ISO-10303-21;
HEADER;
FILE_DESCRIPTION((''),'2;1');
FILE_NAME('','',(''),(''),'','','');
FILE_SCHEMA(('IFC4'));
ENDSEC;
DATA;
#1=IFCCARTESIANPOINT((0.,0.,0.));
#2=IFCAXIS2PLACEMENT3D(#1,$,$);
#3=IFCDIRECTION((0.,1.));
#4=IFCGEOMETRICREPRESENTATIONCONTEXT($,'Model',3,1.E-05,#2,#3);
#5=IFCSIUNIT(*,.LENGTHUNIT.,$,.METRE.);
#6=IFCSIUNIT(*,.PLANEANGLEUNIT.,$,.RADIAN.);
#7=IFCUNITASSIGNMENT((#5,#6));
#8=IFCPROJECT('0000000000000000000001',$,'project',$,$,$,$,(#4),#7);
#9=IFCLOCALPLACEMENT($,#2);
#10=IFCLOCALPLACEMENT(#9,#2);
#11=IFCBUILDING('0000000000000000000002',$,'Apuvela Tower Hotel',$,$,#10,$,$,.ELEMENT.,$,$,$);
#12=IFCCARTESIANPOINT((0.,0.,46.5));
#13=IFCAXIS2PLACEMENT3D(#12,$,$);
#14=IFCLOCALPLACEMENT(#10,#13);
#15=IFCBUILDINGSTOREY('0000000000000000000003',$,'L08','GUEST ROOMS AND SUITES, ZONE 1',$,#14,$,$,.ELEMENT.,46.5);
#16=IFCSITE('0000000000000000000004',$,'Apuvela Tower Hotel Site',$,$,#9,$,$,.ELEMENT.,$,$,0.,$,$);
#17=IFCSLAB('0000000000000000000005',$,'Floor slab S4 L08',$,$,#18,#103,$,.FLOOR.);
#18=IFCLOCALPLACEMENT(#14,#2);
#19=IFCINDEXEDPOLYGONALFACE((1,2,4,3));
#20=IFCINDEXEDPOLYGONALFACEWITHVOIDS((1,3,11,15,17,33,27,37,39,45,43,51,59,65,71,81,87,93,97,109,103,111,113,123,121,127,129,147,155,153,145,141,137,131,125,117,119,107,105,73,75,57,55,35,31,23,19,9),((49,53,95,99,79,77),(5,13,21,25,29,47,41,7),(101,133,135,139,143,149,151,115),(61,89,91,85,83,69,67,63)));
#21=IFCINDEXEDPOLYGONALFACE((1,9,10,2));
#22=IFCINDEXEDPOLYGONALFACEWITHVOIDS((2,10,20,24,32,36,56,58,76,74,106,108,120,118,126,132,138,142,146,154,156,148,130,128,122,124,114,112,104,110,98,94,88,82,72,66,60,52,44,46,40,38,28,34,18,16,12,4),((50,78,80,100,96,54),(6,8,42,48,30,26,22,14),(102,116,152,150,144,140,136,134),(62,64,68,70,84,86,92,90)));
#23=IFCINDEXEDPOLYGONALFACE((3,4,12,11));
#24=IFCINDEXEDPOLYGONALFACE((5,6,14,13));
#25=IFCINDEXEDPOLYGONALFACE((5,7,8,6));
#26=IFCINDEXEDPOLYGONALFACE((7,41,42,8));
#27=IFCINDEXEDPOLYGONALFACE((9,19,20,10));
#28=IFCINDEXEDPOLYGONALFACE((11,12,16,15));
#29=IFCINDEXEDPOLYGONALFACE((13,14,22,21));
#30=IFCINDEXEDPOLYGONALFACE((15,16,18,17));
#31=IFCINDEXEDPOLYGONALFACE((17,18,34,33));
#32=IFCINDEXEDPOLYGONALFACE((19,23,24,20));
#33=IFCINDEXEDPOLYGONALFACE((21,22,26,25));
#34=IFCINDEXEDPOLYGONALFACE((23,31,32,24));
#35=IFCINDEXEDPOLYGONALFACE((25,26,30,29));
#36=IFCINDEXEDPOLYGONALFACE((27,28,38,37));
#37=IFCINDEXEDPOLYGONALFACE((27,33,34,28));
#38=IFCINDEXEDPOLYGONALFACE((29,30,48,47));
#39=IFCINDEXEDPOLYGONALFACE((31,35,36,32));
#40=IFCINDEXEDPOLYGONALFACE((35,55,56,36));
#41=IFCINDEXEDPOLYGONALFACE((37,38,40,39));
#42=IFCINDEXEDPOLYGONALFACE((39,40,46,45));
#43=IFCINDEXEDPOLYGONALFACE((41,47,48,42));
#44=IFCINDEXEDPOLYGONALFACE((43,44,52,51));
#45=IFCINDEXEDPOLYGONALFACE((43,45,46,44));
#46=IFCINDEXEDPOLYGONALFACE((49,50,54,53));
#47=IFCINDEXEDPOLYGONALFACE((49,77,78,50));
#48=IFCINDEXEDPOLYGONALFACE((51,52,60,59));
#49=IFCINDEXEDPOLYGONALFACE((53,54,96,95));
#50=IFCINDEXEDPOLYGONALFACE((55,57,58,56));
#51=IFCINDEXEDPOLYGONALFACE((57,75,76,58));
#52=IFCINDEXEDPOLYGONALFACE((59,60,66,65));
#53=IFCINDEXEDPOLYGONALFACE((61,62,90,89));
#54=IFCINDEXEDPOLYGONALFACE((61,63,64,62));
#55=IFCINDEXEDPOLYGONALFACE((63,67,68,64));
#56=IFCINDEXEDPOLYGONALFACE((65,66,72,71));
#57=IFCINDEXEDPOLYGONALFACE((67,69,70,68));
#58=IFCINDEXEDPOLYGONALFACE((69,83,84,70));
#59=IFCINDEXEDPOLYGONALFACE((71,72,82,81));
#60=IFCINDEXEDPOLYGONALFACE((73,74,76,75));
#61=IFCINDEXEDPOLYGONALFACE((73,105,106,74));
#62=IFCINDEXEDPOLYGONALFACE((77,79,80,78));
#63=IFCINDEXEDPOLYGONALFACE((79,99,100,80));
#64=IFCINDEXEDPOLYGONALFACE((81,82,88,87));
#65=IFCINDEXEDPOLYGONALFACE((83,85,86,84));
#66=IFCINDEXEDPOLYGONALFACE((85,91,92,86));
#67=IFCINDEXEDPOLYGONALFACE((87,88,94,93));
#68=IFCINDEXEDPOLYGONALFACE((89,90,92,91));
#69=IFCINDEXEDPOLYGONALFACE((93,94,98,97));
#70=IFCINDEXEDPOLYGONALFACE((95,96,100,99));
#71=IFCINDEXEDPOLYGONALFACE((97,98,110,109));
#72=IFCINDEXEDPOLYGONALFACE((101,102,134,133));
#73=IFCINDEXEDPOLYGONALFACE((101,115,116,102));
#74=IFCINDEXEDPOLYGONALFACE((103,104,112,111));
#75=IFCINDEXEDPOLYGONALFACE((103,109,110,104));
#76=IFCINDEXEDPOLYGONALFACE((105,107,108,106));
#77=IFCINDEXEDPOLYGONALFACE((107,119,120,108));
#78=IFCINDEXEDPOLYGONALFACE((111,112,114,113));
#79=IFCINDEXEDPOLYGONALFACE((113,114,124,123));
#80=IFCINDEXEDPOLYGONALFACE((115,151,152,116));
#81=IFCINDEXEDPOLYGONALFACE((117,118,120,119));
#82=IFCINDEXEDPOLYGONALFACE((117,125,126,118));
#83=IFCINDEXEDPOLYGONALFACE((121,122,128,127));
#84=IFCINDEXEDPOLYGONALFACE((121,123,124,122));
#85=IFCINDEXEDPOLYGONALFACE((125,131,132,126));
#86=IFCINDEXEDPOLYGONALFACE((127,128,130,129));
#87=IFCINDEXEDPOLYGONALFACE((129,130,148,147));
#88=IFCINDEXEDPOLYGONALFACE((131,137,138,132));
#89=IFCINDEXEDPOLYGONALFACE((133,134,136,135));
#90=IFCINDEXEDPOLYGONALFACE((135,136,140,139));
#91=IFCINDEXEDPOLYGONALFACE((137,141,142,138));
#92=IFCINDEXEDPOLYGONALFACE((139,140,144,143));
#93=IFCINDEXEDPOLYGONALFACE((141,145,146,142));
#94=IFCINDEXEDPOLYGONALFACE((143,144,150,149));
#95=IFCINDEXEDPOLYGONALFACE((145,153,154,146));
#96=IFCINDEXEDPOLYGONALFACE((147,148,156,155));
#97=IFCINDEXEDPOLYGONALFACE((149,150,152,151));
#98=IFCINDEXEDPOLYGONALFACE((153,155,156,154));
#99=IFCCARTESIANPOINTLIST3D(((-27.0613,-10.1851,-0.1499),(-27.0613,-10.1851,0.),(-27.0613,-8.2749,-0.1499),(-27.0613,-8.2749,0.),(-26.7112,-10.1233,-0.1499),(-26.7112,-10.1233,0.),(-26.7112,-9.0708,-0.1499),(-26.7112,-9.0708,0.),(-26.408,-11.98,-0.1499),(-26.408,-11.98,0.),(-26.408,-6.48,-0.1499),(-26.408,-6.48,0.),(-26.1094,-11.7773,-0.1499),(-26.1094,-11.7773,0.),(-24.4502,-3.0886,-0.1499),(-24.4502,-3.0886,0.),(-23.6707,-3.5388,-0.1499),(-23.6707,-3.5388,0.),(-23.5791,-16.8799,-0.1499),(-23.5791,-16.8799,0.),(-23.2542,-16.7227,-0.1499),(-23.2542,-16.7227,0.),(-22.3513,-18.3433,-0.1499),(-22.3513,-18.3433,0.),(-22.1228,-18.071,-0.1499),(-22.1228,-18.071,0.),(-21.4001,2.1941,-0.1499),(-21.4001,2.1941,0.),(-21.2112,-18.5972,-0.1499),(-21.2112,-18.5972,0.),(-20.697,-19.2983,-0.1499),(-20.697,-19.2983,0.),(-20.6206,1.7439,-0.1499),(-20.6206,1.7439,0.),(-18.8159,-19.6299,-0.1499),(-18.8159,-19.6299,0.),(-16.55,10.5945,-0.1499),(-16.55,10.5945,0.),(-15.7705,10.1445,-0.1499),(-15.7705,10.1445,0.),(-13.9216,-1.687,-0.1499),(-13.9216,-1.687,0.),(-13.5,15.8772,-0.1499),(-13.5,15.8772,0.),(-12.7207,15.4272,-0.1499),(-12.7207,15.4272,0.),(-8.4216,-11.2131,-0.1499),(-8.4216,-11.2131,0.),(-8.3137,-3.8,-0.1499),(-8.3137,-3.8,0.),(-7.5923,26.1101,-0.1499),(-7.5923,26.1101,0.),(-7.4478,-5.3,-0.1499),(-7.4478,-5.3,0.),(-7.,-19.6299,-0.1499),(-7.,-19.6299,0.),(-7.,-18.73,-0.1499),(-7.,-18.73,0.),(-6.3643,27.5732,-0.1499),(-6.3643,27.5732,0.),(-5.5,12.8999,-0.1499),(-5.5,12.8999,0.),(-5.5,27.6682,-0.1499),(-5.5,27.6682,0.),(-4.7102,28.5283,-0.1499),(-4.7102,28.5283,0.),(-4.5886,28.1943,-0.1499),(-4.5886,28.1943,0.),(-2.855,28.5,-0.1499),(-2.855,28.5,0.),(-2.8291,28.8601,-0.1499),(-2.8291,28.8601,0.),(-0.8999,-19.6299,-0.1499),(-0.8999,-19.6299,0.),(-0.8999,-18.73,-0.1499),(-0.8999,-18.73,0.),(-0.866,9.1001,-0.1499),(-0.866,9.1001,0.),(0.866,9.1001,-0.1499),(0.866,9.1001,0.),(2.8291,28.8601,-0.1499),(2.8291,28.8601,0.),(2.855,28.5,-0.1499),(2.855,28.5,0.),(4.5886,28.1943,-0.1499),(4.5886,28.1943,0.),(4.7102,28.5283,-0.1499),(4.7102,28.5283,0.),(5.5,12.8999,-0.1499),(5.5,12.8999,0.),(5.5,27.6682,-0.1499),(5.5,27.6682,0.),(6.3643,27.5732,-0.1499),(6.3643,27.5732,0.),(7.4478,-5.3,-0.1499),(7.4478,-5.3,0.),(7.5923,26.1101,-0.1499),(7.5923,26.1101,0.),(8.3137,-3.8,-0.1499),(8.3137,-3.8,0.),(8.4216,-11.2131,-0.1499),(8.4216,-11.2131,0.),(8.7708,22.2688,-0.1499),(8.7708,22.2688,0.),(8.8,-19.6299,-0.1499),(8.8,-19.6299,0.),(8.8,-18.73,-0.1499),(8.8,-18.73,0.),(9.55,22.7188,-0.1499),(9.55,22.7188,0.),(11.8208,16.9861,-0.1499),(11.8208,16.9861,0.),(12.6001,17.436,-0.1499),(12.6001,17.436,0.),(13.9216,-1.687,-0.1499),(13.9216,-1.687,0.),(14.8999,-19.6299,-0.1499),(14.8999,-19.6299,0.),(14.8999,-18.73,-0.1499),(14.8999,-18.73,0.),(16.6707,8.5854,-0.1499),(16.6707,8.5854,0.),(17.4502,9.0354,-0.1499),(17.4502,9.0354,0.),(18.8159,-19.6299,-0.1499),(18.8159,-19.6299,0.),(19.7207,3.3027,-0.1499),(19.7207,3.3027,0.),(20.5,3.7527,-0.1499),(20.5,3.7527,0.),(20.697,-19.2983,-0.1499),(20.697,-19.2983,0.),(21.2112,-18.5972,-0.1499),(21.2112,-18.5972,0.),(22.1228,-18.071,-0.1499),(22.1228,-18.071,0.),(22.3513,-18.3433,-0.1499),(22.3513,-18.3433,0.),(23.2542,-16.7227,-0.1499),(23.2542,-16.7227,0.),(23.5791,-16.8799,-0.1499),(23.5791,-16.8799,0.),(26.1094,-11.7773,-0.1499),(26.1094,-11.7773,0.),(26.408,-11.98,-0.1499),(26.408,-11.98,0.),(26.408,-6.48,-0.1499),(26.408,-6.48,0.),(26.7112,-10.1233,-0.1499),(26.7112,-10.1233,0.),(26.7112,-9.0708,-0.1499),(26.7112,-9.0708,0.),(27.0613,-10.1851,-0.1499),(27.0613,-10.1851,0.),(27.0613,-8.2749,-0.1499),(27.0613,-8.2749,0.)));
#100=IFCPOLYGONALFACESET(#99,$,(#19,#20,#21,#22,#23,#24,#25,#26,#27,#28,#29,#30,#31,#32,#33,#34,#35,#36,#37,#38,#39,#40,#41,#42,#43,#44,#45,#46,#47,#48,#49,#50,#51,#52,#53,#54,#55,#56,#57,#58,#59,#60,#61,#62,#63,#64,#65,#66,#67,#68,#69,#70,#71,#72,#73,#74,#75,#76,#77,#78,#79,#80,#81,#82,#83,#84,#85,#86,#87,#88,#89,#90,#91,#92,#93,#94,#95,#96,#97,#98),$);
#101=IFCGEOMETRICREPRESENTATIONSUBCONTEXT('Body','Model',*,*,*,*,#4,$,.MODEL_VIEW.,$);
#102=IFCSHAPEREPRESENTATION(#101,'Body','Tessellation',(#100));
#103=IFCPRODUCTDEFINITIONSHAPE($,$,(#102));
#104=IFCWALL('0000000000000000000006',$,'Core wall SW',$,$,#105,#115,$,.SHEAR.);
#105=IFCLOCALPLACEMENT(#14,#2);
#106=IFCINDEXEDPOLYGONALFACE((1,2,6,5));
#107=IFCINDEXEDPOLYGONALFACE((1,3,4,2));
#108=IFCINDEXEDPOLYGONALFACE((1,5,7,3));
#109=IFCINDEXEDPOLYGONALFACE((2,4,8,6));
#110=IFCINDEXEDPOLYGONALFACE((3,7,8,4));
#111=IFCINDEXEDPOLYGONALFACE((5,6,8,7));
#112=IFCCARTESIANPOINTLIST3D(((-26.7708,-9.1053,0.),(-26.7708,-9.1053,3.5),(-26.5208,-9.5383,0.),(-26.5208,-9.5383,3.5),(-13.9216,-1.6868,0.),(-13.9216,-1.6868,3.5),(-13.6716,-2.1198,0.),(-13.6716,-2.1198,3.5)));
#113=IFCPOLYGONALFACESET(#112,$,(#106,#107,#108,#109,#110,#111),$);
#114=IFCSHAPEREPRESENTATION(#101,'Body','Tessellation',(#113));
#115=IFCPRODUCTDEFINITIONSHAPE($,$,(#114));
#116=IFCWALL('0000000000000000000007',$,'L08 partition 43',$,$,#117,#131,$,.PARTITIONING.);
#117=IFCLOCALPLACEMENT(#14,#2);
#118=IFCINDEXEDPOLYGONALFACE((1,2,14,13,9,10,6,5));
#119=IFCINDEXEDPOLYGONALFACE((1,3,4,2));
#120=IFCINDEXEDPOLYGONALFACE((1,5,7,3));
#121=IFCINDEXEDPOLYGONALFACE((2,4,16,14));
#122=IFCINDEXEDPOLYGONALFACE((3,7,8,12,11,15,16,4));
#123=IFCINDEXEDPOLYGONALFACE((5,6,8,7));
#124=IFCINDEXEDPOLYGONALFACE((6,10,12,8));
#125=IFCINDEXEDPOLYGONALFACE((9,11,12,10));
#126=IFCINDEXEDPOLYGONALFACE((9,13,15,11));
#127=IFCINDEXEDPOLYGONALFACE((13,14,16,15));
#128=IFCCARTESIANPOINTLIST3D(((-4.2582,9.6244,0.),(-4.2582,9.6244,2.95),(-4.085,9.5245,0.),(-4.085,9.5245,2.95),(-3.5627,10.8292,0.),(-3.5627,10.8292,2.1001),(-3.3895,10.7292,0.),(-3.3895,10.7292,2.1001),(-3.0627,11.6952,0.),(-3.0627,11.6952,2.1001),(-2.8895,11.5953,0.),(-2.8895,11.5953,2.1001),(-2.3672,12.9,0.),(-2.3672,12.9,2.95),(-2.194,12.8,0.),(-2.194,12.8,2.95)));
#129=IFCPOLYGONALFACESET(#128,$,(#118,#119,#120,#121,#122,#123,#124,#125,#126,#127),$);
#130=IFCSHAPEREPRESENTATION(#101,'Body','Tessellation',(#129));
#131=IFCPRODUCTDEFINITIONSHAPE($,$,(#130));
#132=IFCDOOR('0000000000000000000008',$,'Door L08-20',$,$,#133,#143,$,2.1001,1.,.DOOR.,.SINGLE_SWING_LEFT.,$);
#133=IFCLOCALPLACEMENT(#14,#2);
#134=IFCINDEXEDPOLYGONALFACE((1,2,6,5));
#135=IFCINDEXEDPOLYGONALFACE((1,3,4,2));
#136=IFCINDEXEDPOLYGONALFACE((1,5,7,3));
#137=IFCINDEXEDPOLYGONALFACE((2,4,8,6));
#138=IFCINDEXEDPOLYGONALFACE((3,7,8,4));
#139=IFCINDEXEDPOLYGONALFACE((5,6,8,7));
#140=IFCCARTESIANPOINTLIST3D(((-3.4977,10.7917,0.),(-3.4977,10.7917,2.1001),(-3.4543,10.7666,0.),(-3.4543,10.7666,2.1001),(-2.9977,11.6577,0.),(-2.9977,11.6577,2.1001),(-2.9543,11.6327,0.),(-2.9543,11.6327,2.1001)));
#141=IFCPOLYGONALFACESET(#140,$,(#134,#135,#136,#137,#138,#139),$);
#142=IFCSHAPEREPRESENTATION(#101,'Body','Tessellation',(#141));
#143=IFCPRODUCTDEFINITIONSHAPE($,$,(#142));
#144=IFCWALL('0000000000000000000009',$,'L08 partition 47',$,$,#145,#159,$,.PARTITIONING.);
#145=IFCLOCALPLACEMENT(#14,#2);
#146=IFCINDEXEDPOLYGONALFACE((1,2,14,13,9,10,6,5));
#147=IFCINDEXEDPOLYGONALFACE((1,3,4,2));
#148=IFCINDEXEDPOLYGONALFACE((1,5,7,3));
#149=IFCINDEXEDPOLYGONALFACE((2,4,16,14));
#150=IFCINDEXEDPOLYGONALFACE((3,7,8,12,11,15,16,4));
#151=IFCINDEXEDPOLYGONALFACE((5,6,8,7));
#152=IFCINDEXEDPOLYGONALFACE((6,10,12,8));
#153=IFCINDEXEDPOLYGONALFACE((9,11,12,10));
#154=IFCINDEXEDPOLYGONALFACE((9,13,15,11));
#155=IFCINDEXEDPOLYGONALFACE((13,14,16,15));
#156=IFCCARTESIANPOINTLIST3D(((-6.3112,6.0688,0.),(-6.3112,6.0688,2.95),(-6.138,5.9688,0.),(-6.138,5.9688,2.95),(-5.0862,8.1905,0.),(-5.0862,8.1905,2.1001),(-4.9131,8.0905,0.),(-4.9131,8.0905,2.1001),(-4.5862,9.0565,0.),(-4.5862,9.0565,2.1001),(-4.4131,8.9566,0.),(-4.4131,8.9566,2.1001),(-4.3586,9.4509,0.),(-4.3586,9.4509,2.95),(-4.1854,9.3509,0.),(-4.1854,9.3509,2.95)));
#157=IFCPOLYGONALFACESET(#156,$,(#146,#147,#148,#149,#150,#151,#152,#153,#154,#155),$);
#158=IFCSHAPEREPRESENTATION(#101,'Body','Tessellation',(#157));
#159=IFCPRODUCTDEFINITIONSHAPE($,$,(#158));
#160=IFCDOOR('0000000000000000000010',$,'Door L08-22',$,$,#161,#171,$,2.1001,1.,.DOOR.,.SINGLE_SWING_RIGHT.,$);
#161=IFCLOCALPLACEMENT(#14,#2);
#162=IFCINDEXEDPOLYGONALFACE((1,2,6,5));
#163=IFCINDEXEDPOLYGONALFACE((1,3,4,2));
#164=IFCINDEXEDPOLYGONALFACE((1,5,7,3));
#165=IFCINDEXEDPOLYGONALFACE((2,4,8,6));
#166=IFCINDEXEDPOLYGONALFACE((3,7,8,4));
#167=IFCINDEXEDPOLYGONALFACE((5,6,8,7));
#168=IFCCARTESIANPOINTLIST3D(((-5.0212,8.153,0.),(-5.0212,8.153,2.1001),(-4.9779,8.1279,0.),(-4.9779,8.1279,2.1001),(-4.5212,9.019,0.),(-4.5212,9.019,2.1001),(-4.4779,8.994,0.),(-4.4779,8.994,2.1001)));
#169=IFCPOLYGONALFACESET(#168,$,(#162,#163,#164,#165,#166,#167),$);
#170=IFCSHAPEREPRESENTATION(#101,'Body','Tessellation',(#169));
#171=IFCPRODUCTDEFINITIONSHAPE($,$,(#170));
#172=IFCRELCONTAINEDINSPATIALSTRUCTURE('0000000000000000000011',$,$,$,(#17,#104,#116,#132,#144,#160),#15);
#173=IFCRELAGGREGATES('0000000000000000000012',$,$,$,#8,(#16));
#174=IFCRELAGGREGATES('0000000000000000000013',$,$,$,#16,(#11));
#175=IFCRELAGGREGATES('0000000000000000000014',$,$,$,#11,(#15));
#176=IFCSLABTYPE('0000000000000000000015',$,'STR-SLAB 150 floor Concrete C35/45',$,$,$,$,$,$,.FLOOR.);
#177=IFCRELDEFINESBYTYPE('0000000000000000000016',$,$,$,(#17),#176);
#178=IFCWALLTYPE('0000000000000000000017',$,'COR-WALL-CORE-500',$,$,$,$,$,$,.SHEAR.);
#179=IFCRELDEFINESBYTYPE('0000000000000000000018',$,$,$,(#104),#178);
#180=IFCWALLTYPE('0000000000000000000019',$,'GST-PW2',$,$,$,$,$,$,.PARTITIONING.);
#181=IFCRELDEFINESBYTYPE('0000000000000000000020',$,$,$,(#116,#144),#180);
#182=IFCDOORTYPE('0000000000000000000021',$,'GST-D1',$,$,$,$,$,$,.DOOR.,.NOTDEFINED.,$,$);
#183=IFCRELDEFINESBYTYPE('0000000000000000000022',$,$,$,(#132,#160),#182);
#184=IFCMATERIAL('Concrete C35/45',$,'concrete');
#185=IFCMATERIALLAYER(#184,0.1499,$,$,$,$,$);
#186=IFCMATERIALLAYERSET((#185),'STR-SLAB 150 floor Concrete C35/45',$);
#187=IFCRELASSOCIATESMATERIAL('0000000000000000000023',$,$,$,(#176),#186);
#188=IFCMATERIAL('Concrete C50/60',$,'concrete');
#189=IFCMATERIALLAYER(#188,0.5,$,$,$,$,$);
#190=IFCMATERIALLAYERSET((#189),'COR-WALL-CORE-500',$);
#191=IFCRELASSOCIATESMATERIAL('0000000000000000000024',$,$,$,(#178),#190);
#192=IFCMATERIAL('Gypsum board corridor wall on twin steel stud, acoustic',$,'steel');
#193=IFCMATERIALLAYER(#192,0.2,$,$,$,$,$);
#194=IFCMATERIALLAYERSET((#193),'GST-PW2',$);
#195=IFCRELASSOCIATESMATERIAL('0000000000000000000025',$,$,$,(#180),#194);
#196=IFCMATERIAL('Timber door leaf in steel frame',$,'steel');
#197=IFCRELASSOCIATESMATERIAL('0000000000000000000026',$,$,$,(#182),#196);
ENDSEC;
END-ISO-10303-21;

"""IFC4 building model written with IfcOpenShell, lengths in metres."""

from ifc_helpers import new_model, si_unit, direction, frame, frame_2d, origin, place, context, subcontext, project, spatial, polyline, rectangle, outline, extrude, material, layer, layer_set, type_object, element, fill, save


model = new_model("IFC4")

# Units and contexts
model_context = context("Model", 3, precision=1e-05, world=origin(), true_north=direction((0.0, 1.0)))
body_context = subcontext(model_context, "Body", "Model", "MODEL_VIEW")
ifc_project = project(units=[si_unit("LENGTHUNIT", "METRE"), si_unit("PLANEANGLEUNIT", "RADIAN")], contexts=[model_context])

# Site, building, storey
site_placement = place(None, origin())
site = spatial("IfcSite", under=ifc_project, at=site_placement, Name="Apuvela Tower Hotel Site", CompositionType="ELEMENT", RefElevation=0.0)
building_placement = place(site_placement, origin())
building = spatial("IfcBuilding", under=site, at=building_placement, Name="Apuvela Tower Hotel", CompositionType="ELEMENT")
storey_placement = place(building_placement, frame((0.0, 0.0, 46.5)))
storey = spatial("IfcBuildingStorey", under=building, at=storey_placement, Name="L08", Description="GUEST ROOMS AND SUITES, ZONE 1", CompositionType="ELEMENT", Elevation=46.5)

# Shared definitions
ifc_material_1 = material(Name="Concrete C50/60", Category="concrete")

# Slab
ifc_material_2 = material(Name="Concrete C35/45", Category="concrete")
ifc_layer_1 = layer(ifc_material_2, 0.1499)
ifc_layer_set_1 = layer_set([ifc_layer_1], Name="STR-SLAB 150 floor Concrete C35/45")
slab_type_1 = type_object("IfcSlabType", Name="STR-SLAB 150 floor Concrete C35/45", PredefinedType="FLOOR", material=ifc_layer_set_1)
slab_1_placement = place(storey_placement, frame((0.0, 0.0, -0.1499)))
element("IfcSlab", 1, at=slab_1_placement, inside=storey, type_object=slab_type_1, Name="Floor slab S4 L08", PredefinedType="FLOOR", context=body_context, shape_type="SweptSolid", body=[
    extrude(outline(polyline([(-6.3643, 27.5732), (-4.7102, 28.5283), (-2.8291, 28.8601), (2.8291, 28.8601), (4.7102, 28.5283), (6.3643, 27.5732), (7.5923, 26.1101), (9.55, 22.7188), (8.7708, 22.2688), (11.8208, 16.9861), (12.6001, 17.436), (17.4502, 9.0354), (16.6707, 8.5854), (19.7207, 3.3027), (20.5, 3.7527), (26.408, -6.48), (27.0613, -8.2749), (27.0613, -10.1851), (26.408, -11.98), (23.5791, -16.8799), (22.3513, -18.3433), (20.697, -19.2983), (18.8159, -19.6299), (14.8999, -19.6299), (14.8999, -18.73), (8.8, -18.73), (8.8, -19.6299), (-0.8999, -19.6299), (-0.8999, -18.73), (-7.0, -18.73), (-7.0, -19.6299), (-18.8159, -19.6299), (-20.697, -19.2983), (-22.3513, -18.3433), (-23.5791, -16.8799), (-26.408, -11.98), (-27.0613, -10.1851), (-27.0613, -8.2749), (-26.408, -6.48), (-24.4502, -3.0886), (-23.6707, -3.5388), (-20.6206, 1.7439), (-21.4001, 2.1941), (-16.55, 10.5945), (-15.7705, 10.1445), (-12.7207, 15.4272), (-13.5, 15.8772), (-7.5923, 26.1101), (-6.3643, 27.5732)]), holes=[polyline([(0.866, 9.1001), (-0.866, 9.1001), (-8.3137, -3.8), (-7.4478, -5.3), (7.4478, -5.3), (8.3137, -3.8), (0.866, 9.1001)]), polyline([(-5.5, 12.8999), (-5.5, 27.6682), (-4.5886, 28.1943), (-2.855, 28.5), (2.855, 28.5), (4.5886, 28.1943), (5.5, 27.6682), (5.5, 12.8999), (-5.5, 12.8999)]), polyline([(-8.4216, -11.2131), (-21.2112, -18.5972), (-22.1228, -18.071), (-23.2542, -16.7227), (-26.1094, -11.7773), (-26.7112, -10.1233), (-26.7112, -9.0708), (-13.9216, -1.687), (-8.4216, -11.2131)]), polyline([(13.9216, -1.687), (26.7112, -9.0708), (26.7112, -10.1233), (26.1094, -11.7773), (23.2542, -16.7227), (22.1228, -18.071), (21.2112, -18.5972), (8.4216, -11.2131), (13.9216, -1.687)])]), origin(), (0.0, 0.0, 1.0), 0.1499),
])

# Wall
ifc_layer_2 = layer(ifc_material_1, 0.5)
ifc_layer_set_2 = layer_set([ifc_layer_2], Name="COR-WALL-CORE-500")
wall_type_1 = type_object("IfcWallType", Name="COR-WALL-CORE-500", PredefinedType="SHEAR", material=ifc_layer_set_2)
wall_1_placement = place(storey_placement, frame((-13.7966, -1.9033, 0.0), z_axis=(0.0, 0.0, 1.0), x_axis=(-0.866025, -0.500001, 0.0)))
element("IfcWall", 2, at=wall_1_placement, inside=storey, type_object=wall_type_1, Name="Core wall SW", PredefinedType="SHEAR", context=body_context, shape_type="SweptSolid", body=[
    extrude(rectangle(XDim=14.8369, YDim=0.5, at=frame_2d((7.4185, 0.0))), origin(), (0.0, 0.0, 1.0), 3.5),
])

# Walls, openings, doors
ifc_material_3 = material(Name="Gypsum board corridor wall on twin steel stud, acoustic", Category="steel")
ifc_layer_3 = layer(ifc_material_3, 0.2)
ifc_layer_set_3 = layer_set([ifc_layer_3], Name="GST-PW2")
wall_type_2 = type_object("IfcWallType", Name="GST-PW2", PredefinedType="PARTITIONING", material=ifc_layer_set_3)
wall_2_placement = place(storey_placement, frame((-4.1716, 9.5745, 0.0), z_axis=(0.0, 0.0, 1.0), x_axis=(0.499985, 0.866034, 0.0)))
wall_2 = element("IfcWall", 3, at=wall_2_placement, inside=storey, type_object=wall_type_2, Name="L08 partition 43", PredefinedType="PARTITIONING", context=body_context, shape_type="SweptSolid", body=[
    extrude(rectangle(XDim=3.7822, YDim=0.2, at=frame_2d((1.8911, 0.0))), origin(), (0.0, 0.0, 1.0), 2.95),
])
opening_1_placement = place(wall_2_placement, frame((1.3911, 0.0, 0.0)))
opening_1 = element("IfcOpeningElement", 4, at=opening_1_placement, cuts=wall_2, PredefinedType="OPENING", context=body_context, shape_type="SweptSolid", body=[
    extrude(rectangle(XDim=1.0, YDim=2.1001, at=frame_2d((0.5, 1.05))), frame((0.0, 0.1099, 0.0), z_axis=(0.0, -1.0, 0.0), x_axis=(1.0, 0.0, 0.0)), (0.0, 0.0, 1.0), 0.22),
])
ifc_material_4 = material(Name="Timber door leaf in steel frame", Category="steel")
door_type_1 = type_object("IfcDoorType", Name="GST-D1", OperationType="NOTDEFINED", PredefinedType="DOOR", material=ifc_material_4)
door_1_placement = place(opening_1_placement, origin())
door_1 = element("IfcDoor", 5, at=door_1_placement, inside=storey, type_object=door_type_1, Name="Door L08-20", OperationType="SINGLE_SWING_LEFT", OverallHeight=2.1001, OverallWidth=1.0, PredefinedType="DOOR", context=body_context, shape_type="SweptSolid", body=[
    extrude(rectangle(XDim=1.0, YDim=2.1001, at=frame_2d((0.5, 1.05))), frame((0.0, 0.0249, 0.0), z_axis=(0.0, -1.0, 0.0), x_axis=(1.0, 0.0, 0.0)), (0.0, 0.0, 1.0), 0.05),
])
fill(opening_1, door_1)
wall_3_placement = place(storey_placement, frame((-6.2246, 6.0188, 0.0), z_axis=(0.0, 0.0, 1.0), x_axis=(0.499998, 0.866026, 0.0)))
wall_3 = element("IfcWall", 6, at=wall_3_placement, inside=storey, type_object=wall_type_2, Name="L08 partition 47", PredefinedType="PARTITIONING", context=body_context, shape_type="SweptSolid", body=[
    extrude(rectangle(XDim=3.9053, YDim=0.2, at=frame_2d((1.9526, 0.0))), origin(), (0.0, 0.0, 1.0), 2.95),
])
opening_2_placement = place(wall_3_placement, frame((2.45, 0.0, 0.0)))
opening_2 = element("IfcOpeningElement", 7, at=opening_2_placement, cuts=wall_3, PredefinedType="OPENING", context=body_context, shape_type="SweptSolid", body=[
    extrude(rectangle(XDim=1.0, YDim=2.1001, at=frame_2d((0.5, 1.05))), frame((0.0, 0.1099, 0.0), z_axis=(0.0, -1.0, 0.0), x_axis=(1.0, 0.0, 0.0)), (0.0, 0.0, 1.0), 0.22),
])
door_2_placement = place(opening_2_placement, origin())
door_2 = element("IfcDoor", 8, at=door_2_placement, inside=storey, type_object=door_type_1, Name="Door L08-22", OperationType="SINGLE_SWING_RIGHT", OverallHeight=2.1001, OverallWidth=1.0, PredefinedType="DOOR", context=body_context, shape_type="SweptSolid", body=[
    extrude(rectangle(XDim=1.0, YDim=2.1001, at=frame_2d((0.5, 1.05))), frame((0.0, 0.0249, 0.0), z_axis=(0.0, -1.0, 0.0), x_axis=(1.0, 0.0, 0.0)), (0.0, 0.0, 1.0), 0.05),
])
fill(opening_2, door_2)

save(model, "model.ifc")
